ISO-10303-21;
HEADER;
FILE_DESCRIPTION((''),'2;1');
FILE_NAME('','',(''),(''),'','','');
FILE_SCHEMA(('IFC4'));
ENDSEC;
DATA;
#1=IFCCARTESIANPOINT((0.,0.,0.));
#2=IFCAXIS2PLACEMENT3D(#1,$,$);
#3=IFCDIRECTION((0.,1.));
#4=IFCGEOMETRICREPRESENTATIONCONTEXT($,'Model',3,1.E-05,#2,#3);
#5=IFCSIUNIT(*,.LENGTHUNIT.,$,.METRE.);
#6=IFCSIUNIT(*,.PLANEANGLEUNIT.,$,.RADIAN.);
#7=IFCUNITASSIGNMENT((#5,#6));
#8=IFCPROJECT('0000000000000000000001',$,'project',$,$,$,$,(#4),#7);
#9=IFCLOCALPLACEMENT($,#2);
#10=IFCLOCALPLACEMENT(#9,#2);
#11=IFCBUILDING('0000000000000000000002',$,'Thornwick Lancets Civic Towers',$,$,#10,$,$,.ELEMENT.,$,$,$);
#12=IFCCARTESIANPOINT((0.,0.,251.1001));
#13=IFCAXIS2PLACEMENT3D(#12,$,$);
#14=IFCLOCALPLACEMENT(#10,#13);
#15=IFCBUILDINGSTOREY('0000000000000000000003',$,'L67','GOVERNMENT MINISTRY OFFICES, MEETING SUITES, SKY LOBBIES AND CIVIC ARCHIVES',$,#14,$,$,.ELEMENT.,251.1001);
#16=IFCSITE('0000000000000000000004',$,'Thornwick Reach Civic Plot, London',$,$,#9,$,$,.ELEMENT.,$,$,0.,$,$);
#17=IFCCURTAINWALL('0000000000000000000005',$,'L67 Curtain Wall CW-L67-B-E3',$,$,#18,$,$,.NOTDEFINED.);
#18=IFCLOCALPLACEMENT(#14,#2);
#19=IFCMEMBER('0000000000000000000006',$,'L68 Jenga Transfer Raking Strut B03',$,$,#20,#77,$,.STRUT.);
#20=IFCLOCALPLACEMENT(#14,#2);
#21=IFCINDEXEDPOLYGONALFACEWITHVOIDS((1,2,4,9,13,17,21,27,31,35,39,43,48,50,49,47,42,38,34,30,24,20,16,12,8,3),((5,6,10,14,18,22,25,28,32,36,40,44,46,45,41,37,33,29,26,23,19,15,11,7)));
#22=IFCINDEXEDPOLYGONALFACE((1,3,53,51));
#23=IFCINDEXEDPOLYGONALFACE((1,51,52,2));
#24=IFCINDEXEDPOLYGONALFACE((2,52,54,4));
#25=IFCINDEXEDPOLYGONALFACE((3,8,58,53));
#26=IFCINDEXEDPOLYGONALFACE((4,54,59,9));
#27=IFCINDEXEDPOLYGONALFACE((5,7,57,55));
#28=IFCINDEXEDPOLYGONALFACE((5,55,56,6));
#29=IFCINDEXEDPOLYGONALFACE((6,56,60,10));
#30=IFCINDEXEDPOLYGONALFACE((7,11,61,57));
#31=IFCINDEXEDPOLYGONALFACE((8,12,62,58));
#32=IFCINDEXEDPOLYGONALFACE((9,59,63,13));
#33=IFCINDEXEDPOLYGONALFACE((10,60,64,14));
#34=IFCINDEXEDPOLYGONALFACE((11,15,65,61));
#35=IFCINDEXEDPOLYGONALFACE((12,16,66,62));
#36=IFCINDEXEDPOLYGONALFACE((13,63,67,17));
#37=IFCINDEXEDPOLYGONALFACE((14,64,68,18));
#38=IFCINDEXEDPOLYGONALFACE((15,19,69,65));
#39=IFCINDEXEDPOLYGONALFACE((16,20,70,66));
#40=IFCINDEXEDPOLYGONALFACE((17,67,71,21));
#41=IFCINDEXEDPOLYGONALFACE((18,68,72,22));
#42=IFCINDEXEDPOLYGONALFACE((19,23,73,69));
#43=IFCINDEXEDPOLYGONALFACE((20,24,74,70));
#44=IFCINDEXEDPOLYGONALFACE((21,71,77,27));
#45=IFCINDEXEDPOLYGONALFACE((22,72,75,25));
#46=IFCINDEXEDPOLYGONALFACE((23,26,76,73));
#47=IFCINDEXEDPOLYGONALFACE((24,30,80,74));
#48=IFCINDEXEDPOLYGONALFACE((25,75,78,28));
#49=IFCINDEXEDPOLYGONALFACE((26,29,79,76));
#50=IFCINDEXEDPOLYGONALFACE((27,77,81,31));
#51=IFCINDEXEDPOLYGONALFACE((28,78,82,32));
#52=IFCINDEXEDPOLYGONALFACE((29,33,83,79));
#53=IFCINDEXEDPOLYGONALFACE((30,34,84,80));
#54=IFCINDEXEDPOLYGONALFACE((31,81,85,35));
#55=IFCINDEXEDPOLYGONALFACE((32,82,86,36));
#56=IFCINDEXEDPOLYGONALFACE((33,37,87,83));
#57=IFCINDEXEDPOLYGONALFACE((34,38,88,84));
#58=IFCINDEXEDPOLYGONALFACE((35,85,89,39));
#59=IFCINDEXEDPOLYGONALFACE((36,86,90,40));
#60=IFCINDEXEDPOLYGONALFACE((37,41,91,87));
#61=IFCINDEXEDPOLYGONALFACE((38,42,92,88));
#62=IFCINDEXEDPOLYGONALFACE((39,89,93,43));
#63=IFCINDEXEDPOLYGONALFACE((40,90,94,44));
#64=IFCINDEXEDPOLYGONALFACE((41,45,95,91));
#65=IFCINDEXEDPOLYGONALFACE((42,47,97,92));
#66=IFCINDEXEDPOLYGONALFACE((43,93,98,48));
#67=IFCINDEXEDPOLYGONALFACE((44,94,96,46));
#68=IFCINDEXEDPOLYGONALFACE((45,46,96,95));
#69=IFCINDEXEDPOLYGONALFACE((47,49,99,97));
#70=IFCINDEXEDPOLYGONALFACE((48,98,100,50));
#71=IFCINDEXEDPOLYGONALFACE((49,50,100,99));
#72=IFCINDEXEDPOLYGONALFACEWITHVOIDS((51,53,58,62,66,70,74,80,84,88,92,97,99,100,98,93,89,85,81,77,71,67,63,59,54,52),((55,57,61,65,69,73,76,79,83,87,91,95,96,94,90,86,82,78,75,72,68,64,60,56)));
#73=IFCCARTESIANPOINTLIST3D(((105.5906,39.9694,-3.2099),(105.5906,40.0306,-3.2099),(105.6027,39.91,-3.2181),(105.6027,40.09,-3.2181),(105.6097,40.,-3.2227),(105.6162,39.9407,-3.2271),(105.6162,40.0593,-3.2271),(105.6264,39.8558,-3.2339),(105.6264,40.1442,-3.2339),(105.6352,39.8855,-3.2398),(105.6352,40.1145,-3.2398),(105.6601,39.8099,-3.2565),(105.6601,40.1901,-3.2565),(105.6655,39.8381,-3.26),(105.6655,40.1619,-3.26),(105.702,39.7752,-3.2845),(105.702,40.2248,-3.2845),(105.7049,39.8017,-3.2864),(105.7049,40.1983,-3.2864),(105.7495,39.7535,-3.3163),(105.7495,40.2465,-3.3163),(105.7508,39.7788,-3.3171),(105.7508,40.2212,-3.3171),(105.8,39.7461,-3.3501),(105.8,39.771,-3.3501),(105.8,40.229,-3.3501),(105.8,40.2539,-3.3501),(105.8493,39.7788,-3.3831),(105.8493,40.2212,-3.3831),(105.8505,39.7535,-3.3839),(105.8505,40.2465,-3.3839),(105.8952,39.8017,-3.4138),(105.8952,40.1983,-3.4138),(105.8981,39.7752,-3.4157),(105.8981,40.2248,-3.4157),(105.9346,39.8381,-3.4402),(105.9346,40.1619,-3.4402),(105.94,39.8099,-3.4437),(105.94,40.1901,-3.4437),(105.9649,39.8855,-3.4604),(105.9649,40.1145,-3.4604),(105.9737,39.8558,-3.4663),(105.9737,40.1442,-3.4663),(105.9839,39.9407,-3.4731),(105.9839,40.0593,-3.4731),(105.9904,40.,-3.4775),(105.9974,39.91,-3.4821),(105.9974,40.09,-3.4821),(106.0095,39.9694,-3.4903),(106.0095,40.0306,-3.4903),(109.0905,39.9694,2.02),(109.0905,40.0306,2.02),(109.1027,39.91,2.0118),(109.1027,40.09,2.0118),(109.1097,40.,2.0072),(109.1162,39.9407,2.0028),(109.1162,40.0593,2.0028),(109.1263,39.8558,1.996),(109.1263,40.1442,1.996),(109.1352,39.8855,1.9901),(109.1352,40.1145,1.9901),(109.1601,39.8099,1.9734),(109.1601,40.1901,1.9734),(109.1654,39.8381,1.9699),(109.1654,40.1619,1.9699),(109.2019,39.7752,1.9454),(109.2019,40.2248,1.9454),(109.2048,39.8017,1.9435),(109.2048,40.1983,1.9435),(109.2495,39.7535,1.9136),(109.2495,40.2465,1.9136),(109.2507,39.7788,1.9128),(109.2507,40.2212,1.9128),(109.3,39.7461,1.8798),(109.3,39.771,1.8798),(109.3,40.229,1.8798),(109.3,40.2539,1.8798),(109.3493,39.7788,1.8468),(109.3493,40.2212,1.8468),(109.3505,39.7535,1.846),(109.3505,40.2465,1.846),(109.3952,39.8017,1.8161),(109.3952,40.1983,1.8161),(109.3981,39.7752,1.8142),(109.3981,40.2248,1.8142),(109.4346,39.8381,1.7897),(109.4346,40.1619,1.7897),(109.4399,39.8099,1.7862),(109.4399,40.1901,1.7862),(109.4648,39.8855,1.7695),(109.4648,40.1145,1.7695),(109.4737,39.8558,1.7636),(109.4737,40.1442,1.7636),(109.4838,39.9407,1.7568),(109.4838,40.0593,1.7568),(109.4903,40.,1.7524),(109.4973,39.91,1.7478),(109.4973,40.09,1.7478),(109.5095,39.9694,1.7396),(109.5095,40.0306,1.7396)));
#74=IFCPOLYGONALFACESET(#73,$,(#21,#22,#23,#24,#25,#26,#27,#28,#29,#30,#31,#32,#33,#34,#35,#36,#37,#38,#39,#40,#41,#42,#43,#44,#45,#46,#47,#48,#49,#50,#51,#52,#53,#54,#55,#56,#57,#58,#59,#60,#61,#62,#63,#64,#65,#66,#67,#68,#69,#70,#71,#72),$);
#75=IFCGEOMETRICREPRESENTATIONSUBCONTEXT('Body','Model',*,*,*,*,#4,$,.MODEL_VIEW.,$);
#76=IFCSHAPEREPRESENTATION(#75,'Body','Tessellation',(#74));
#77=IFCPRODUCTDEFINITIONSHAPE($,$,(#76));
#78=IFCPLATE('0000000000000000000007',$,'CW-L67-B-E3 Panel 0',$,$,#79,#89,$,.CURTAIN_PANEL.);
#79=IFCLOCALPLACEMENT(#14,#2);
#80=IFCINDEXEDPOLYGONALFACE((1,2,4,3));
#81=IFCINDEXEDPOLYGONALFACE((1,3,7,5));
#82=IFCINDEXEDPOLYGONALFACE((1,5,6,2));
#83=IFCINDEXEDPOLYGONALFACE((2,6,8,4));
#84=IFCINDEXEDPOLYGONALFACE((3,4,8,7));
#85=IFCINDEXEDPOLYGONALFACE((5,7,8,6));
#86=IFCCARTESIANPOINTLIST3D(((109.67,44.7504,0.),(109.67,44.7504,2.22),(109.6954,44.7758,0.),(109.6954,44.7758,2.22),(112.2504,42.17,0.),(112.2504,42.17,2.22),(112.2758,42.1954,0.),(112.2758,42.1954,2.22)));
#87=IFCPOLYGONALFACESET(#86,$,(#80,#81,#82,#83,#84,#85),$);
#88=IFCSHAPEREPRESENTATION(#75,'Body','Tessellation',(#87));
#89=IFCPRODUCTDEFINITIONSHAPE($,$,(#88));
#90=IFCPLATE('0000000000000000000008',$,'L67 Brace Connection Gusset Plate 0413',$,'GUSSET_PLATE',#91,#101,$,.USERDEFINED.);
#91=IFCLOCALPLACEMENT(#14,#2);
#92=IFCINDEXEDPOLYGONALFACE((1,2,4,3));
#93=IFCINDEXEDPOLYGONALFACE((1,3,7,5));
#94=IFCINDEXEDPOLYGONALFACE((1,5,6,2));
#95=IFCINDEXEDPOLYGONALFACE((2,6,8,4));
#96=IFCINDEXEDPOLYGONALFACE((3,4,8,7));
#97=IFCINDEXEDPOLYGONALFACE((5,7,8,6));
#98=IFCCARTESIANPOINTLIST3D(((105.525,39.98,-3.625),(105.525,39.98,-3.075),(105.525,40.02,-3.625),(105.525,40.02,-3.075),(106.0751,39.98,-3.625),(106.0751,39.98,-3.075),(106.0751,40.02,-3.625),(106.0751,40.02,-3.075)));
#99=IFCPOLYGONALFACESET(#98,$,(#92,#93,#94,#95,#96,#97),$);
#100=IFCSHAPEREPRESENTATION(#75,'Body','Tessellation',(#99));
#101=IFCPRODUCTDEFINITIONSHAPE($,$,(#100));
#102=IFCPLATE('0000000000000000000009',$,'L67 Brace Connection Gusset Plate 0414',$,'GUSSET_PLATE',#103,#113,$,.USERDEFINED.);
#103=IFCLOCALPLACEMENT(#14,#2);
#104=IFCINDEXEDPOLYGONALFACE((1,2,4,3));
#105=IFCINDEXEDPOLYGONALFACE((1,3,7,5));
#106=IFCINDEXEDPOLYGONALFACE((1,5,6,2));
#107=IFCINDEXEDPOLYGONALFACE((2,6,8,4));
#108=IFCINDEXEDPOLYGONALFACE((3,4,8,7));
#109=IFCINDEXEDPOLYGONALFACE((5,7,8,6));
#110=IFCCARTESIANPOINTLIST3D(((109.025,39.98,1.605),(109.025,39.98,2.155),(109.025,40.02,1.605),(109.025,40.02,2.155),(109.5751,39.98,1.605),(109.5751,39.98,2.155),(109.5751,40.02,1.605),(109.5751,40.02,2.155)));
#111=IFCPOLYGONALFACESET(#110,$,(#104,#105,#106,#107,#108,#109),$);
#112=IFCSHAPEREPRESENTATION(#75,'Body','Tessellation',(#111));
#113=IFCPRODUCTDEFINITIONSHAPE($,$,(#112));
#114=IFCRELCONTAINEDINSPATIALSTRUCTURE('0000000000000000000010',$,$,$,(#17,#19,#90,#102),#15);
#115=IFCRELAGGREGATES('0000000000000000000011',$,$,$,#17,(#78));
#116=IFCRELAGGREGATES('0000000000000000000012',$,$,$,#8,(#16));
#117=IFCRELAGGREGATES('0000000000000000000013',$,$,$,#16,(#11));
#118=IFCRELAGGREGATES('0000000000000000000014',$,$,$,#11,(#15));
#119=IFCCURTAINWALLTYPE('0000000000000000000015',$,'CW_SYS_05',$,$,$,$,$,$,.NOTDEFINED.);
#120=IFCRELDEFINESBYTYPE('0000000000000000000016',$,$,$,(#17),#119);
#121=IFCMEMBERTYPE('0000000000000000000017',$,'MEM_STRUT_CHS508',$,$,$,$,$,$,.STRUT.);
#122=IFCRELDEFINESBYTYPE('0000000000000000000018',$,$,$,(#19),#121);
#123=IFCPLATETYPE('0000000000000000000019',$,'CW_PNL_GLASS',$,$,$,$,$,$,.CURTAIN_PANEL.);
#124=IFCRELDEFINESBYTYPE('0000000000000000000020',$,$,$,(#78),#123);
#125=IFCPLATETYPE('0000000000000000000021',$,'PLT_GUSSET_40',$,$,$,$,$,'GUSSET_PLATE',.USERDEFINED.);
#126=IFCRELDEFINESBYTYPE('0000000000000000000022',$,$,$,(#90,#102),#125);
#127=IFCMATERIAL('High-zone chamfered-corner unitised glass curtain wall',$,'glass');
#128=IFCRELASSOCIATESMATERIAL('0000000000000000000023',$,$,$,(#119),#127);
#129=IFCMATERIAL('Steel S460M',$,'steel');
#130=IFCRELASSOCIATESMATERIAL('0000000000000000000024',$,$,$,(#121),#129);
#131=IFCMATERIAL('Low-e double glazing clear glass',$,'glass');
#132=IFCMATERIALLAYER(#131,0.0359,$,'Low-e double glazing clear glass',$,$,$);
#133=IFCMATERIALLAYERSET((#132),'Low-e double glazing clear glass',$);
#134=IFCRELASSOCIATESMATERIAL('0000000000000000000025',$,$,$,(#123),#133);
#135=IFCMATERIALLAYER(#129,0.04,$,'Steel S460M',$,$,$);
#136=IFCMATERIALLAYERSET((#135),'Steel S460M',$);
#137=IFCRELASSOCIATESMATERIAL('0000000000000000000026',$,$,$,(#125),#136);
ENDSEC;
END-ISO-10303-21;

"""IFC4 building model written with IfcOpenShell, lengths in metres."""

from ifc_helpers import new_model, si_unit, direction, frame, origin, origin_2d, place, context, subcontext, project, spatial, rectangle, hollow_circle, extrude, material, layer, layer_set, material_profile, profile_set, type_object, element, aggregate, save


model = new_model("IFC4")

# Units and contexts
model_context = context("Model", 3, precision=1e-05, world=origin(), true_north=direction((0.0, 1.0)))
body_context = subcontext(model_context, "Body", "Model", "MODEL_VIEW")
ifc_project = project(units=[si_unit("LENGTHUNIT", "METRE"), si_unit("PLANEANGLEUNIT", "RADIAN")], contexts=[model_context])

# Site, building, storey
site_placement = place(None, origin())
site = spatial("IfcSite", under=ifc_project, at=site_placement, Name="Thornwick Reach Civic Plot, London", CompositionType="ELEMENT", RefElevation=0.0)
building_placement = place(site_placement, origin())
building = spatial("IfcBuilding", under=site, at=building_placement, Name="Thornwick Lancets Civic Towers", CompositionType="ELEMENT")
storey_placement = place(building_placement, frame((0.0, 0.0, 251.1001)))
storey = spatial("IfcBuildingStorey", under=building, at=storey_placement, Name="L67", Description="GOVERNMENT MINISTRY OFFICES, MEETING SUITES, SKY LOBBIES AND CIVIC ARCHIVES", CompositionType="ELEMENT", Elevation=251.1001)

# Curtain wall
ifc_material_1 = material(Name="High-zone chamfered-corner unitised glass curtain wall", Category="glass")
curtain_wall_type = type_object("IfcCurtainWallType", Name="CW_SYS_05", PredefinedType="NOTDEFINED", material=ifc_material_1)
curtain_wall_placement = place(storey_placement, origin())
curtain_wall = element("IfcCurtainWall", 1, at=curtain_wall_placement, inside=storey, type_object=curtain_wall_type, Name="L67 Curtain Wall CW-L67-B-E3", PredefinedType="NOTDEFINED")

# Member
ifc_material_2 = material(Name="Steel S460M", Category="steel")
ifc_material_profile_1 = material_profile(ifc_material_2, hollow_circle(Radius=0.2539, WallThickness=0.0249, at=origin_2d()), Name="CHS 508x25")
ifc_profile_set_1 = profile_set([ifc_material_profile_1], Name="Steel S460M")
member_type_1 = type_object("IfcMemberType", Name="MEM_STRUT_CHS508", PredefinedType="STRUT", material=ifc_profile_set_1)
member_1_placement = place(storey_placement, frame((105.8, 40.0, -3.3501), z_axis=(0.556168, 0.0, 0.83107), x_axis=(0.0, 1.0, 0.0)))
element("IfcMember", 2, at=member_1_placement, inside=storey, type_object=member_type_1, Name="L68 Jenga Transfer Raking Strut B03", PredefinedType="STRUT", context=body_context, shape_type="SweptSolid", body=[
    extrude(hollow_circle(Radius=0.2539, WallThickness=0.0249, at=origin_2d()), origin(), (0.0, 0.0, 1.0), 6.293),
])

# Plate
ifc_material_3 = material(Name="Low-e double glazing clear glass", Category="glass")
ifc_layer_1 = layer(ifc_material_3, 0.0359, Name="Low-e double glazing clear glass")
ifc_layer_set_1 = layer_set([ifc_layer_1], Name="Low-e double glazing clear glass")
plate_type_1 = type_object("IfcPlateType", Name="CW_PNL_GLASS", PredefinedType="CURTAIN_PANEL", material=ifc_layer_set_1)
plate_placement = place(storey_placement, frame((110.9729, 43.4729, 0.0), z_axis=(0.0, 0.0, 1.0), x_axis=(-0.707107, 0.707107, 0.0)))
plate = element("IfcPlate", 3, at=plate_placement, type_object=plate_type_1, Name="CW-L67-B-E3 Panel 0", PredefinedType="CURTAIN_PANEL", context=body_context, shape_type="SweptSolid", body=[
    extrude(rectangle(XDim=3.6492, YDim=0.0359, at=origin_2d()), origin(), (0.0, 0.0, 1.0), 2.22),
])
aggregate(curtain_wall, [plate])

# Plates
ifc_layer_2 = layer(ifc_material_2, 0.04, Name="Steel S460M")
ifc_layer_set_2 = layer_set([ifc_layer_2], Name="Steel S460M")
plate_type_2 = type_object("IfcPlateType", Name="PLT_GUSSET_40", ElementType="GUSSET_PLATE", PredefinedType="USERDEFINED", material=ifc_layer_set_2)
for number, where, z_axis, x_axis, name in (
    (4, (105.8, 40.0, -3.625), (0.0, 0.0, 1.0), (1.0, 0.0, 0.0), "L67 Brace Connection Gusset Plate 0413"),
    (5, (109.3, 40.0, 1.605), (0.0, 0.0, 1.0), (1.0, 0.0, 0.0), "L67 Brace Connection Gusset Plate 0414"),
):
    element("IfcPlate", number, at=place(storey_placement, frame(where, z_axis=z_axis, x_axis=x_axis)), inside=storey, type_object=plate_type_2, Name=name, ObjectType="GUSSET_PLATE", PredefinedType="USERDEFINED", context=body_context, shape_type="SweptSolid", body=[
        extrude(rectangle(XDim=0.55, YDim=0.04, at=origin_2d()), origin(), (0.0, 0.0, 1.0), 0.55),
    ])

save(model, "model.ifc")
